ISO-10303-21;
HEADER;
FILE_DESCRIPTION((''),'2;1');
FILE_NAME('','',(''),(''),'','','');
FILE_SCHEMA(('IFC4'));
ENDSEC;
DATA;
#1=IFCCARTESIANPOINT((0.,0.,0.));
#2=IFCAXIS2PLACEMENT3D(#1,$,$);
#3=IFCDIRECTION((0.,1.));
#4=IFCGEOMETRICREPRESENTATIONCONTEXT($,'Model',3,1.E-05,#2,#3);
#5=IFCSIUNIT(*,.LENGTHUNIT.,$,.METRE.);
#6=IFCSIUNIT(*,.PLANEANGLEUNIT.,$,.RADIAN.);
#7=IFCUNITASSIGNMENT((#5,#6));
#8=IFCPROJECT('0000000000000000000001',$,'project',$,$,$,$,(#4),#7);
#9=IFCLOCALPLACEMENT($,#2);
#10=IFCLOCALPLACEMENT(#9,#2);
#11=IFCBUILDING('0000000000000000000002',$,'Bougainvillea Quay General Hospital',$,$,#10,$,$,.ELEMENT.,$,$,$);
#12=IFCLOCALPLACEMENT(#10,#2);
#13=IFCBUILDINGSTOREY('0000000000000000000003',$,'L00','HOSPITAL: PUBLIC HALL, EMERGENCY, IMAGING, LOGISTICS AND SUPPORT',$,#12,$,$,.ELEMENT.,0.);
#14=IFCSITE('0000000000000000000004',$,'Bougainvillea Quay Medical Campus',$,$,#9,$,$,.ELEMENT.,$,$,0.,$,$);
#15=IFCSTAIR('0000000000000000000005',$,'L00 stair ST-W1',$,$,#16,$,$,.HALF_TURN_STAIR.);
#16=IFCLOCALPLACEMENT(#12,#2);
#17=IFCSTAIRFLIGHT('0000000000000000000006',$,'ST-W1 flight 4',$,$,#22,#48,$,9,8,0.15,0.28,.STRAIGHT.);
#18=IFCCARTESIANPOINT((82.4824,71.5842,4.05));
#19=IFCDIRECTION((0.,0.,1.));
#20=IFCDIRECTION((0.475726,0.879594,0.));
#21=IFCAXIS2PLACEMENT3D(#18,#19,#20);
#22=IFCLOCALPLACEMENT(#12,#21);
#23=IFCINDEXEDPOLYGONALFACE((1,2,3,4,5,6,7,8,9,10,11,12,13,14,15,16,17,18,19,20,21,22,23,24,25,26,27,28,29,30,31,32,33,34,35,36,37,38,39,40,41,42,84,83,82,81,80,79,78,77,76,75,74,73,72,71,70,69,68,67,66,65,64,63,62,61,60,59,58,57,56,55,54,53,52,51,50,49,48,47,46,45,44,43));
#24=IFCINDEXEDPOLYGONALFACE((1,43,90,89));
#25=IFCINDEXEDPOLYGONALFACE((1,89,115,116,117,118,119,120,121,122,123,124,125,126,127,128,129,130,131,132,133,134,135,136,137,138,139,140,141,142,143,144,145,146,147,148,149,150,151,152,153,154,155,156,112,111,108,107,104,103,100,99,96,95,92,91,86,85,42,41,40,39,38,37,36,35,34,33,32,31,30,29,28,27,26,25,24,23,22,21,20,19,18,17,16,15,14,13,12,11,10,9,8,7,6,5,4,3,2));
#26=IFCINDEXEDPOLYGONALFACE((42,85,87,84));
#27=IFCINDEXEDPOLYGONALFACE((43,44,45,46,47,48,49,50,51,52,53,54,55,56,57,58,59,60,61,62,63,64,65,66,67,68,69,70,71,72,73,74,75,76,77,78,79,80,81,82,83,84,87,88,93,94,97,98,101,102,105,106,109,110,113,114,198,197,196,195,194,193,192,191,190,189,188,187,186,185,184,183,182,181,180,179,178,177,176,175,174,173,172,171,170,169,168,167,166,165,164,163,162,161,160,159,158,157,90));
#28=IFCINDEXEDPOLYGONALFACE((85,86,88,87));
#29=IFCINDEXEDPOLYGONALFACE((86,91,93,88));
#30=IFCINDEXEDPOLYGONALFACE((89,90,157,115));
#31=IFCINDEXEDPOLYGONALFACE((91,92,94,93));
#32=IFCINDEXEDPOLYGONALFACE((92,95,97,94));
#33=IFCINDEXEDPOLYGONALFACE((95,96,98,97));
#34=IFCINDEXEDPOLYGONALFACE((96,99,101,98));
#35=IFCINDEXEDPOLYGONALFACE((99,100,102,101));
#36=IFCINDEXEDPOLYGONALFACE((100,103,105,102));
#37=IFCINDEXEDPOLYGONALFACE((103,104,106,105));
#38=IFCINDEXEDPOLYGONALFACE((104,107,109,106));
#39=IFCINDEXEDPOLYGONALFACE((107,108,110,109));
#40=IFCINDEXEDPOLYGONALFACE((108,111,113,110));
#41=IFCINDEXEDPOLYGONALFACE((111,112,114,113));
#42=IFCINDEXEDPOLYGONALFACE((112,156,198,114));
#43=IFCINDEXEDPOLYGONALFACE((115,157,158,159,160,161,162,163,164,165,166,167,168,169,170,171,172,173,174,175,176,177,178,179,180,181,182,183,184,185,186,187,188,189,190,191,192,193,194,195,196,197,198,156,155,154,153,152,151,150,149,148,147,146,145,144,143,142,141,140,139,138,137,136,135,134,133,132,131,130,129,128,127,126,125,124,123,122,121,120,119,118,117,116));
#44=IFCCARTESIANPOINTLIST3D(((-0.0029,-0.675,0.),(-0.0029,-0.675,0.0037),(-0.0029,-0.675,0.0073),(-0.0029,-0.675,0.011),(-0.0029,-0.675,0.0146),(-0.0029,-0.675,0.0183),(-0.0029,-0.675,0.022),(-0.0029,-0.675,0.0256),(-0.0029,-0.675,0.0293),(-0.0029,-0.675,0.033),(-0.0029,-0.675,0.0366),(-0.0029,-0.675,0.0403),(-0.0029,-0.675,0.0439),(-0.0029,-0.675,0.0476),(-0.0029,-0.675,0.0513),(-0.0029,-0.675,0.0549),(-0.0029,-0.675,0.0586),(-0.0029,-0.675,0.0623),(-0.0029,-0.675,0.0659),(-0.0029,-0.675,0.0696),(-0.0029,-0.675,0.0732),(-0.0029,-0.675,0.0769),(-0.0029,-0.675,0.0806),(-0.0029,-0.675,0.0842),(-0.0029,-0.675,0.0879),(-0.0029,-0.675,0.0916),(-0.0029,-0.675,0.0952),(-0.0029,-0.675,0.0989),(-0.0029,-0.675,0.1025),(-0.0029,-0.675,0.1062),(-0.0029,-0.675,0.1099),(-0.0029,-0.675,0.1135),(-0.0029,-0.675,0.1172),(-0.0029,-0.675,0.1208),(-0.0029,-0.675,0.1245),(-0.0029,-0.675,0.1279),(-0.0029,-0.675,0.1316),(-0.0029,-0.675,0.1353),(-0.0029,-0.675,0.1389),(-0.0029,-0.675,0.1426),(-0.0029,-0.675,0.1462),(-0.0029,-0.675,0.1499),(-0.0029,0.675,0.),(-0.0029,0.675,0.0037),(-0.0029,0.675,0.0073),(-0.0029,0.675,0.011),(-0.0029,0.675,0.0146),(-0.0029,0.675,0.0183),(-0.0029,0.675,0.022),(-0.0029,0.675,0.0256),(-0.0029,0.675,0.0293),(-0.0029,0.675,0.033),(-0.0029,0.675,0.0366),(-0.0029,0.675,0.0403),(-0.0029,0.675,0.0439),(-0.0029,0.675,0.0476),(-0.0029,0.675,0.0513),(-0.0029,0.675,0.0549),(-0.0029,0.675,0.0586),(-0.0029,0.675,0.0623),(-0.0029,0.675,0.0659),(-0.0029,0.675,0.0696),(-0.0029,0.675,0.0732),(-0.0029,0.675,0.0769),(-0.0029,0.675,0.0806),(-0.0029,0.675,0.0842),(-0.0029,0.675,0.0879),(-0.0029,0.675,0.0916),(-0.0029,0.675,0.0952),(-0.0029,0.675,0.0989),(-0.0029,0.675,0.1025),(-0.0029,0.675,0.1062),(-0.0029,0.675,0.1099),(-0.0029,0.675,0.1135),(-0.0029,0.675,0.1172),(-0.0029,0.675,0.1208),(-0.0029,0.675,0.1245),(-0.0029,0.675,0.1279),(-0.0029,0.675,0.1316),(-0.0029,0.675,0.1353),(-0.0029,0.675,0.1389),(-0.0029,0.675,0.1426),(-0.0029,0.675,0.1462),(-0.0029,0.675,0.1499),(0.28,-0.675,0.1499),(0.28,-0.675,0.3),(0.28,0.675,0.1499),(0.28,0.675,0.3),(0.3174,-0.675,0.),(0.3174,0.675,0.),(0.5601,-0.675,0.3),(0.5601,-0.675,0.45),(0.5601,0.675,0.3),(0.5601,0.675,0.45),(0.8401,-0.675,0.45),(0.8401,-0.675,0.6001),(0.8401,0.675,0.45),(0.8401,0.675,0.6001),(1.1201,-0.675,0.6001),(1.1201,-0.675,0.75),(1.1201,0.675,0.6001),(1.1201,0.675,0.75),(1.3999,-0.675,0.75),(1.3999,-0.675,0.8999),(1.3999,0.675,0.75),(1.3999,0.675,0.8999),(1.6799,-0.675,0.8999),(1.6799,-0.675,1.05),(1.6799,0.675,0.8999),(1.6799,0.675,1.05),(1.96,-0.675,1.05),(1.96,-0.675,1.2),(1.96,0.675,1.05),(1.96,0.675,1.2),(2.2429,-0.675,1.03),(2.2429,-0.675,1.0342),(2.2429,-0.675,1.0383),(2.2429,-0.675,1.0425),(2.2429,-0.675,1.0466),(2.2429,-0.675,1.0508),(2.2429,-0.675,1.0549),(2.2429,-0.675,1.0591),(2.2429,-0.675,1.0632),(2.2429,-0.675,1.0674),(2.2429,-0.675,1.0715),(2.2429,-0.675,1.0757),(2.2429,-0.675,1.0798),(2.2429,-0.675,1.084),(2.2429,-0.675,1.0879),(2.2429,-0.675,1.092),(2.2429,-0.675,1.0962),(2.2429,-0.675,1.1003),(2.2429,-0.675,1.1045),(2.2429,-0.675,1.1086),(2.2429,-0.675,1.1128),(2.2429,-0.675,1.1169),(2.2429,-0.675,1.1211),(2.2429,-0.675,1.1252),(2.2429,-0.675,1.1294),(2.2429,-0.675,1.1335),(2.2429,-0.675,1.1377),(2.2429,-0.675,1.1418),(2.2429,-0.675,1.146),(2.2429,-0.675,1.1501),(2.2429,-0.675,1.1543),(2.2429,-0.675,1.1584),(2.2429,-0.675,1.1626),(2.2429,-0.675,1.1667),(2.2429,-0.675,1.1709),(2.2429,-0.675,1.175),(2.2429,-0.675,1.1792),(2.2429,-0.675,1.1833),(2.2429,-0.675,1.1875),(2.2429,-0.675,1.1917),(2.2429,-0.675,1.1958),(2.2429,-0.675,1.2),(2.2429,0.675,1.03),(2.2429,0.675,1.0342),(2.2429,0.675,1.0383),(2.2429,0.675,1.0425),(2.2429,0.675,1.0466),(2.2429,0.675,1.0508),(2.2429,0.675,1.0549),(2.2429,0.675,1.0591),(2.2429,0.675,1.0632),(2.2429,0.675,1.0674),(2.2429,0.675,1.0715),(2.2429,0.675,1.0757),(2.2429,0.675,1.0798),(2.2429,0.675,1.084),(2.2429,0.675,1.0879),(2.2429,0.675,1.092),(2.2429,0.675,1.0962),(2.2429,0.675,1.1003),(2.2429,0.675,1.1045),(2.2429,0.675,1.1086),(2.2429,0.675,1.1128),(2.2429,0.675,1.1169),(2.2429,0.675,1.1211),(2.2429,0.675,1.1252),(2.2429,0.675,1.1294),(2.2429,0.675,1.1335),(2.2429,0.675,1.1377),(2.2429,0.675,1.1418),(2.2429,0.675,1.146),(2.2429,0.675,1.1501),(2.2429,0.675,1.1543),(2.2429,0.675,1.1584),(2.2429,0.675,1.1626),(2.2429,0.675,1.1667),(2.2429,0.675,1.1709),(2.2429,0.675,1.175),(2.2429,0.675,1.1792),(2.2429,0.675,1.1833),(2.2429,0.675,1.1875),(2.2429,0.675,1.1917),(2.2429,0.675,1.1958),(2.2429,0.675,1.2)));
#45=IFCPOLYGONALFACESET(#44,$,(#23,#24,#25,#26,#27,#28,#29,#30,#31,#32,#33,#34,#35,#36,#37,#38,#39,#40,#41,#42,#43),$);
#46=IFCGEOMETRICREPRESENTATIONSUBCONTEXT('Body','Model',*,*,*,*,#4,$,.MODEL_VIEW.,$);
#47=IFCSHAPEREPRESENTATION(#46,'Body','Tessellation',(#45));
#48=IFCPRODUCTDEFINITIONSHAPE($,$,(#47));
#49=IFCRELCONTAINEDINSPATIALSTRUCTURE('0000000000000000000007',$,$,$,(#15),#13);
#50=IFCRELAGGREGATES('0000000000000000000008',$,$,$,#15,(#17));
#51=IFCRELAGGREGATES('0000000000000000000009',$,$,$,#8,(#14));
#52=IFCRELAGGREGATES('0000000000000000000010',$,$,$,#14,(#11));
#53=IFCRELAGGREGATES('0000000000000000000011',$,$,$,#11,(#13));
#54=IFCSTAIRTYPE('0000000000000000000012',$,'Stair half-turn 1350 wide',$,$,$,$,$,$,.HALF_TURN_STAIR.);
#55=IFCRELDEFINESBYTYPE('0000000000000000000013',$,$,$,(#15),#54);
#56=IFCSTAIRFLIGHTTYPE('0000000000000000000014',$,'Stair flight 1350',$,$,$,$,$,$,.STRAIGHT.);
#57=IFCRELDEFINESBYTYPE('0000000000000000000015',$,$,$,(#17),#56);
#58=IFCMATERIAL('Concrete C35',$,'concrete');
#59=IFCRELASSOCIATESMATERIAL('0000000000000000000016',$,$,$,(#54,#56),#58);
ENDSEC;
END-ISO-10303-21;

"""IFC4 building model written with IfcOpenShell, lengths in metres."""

from ifc_helpers import new_model, si_unit, direction, frame, origin, place, context, subcontext, project, spatial, polyline, outline, extrude, material, type_object, element, aggregate, save


model = new_model("IFC4")

# Units and contexts
model_context = context("Model", 3, precision=1e-05, world=origin(), true_north=direction((0.0, 1.0)))
body_context = subcontext(model_context, "Body", "Model", "MODEL_VIEW")
ifc_project = project(units=[si_unit("LENGTHUNIT", "METRE"), si_unit("PLANEANGLEUNIT", "RADIAN")], contexts=[model_context])

# Site, building, storey
site_placement = place(None, origin())
site = spatial("IfcSite", under=ifc_project, at=site_placement, Name="Bougainvillea Quay Medical Campus", CompositionType="ELEMENT", RefElevation=0.0)
building_placement = place(site_placement, origin())
building = spatial("IfcBuilding", under=site, at=building_placement, Name="Bougainvillea Quay General Hospital", CompositionType="ELEMENT")
storey_placement = place(building_placement, origin())
storey = spatial("IfcBuildingStorey", under=building, at=storey_placement, Name="L00", Description="HOSPITAL: PUBLIC HALL, EMERGENCY, IMAGING, LOGISTICS AND SUPPORT", CompositionType="ELEMENT", Elevation=0.0)

# Stair, stair flight
ifc_material_1 = material(Name="Concrete C35", Category="concrete")
stair_type = type_object("IfcStairType", Name="Stair half-turn 1350 wide", PredefinedType="HALF_TURN_STAIR", material=ifc_material_1)
stair_placement = place(storey_placement, origin())
stair = element("IfcStair", 1, at=stair_placement, inside=storey, type_object=stair_type, Name="L00 stair ST-W1", PredefinedType="HALF_TURN_STAIR")
stair_flight_type = type_object("IfcStairFlightType", Name="Stair flight 1350", PredefinedType="STRAIGHT", material=ifc_material_1)
stair_flight_1_placement = place(storey_placement, frame((82.4824, 71.5842, 4.05), z_axis=(0.0, 0.0, 1.0), x_axis=(0.475726, 0.879594, 0.0)))
stair_flight_1 = element("IfcStairFlight", 2, at=stair_flight_1_placement, type_object=stair_flight_type, Name="ST-W1 flight 4", NumberOfRisers=9, NumberOfTreads=8, PredefinedType="STRAIGHT", RiserHeight=0.15, TreadLength=0.28, context=body_context, shape_type="SweptSolid", body=[
    extrude(outline(polyline([(-0.0029, 0.0), (-0.0029, 0.0037), (-0.0029, 0.0073), (-0.0029, 0.011), (-0.0029, 0.0146), (-0.0029, 0.0183), (-0.0029, 0.022), (-0.0029, 0.0256), (-0.0029, 0.0293), (-0.0029, 0.033), (-0.0029, 0.0366), (-0.0029, 0.0403), (-0.0029, 0.0439), (-0.0029, 0.0476), (-0.0029, 0.0513), (-0.0029, 0.0549), (-0.0029, 0.0586), (-0.0029, 0.0623), (-0.0029, 0.0659), (-0.0029, 0.0696), (-0.0029, 0.0732), (-0.0029, 0.0769), (-0.0029, 0.0806), (-0.0029, 0.0842), (-0.0029, 0.0879), (-0.0029, 0.0916), (-0.0029, 0.0952), (-0.0029, 0.0989), (-0.0029, 0.1025), (-0.0029, 0.1062), (-0.0029, 0.1099), (-0.0029, 0.1135), (-0.0029, 0.1172), (-0.0029, 0.1208), (-0.0029, 0.1245), (-0.0029, 0.1279), (-0.0029, 0.1316), (-0.0029, 0.1353), (-0.0029, 0.1389), (-0.0029, 0.1426), (-0.0029, 0.1462), (-0.0029, 0.1499), (0.28, 0.1499), (0.28, 0.3), (0.5601, 0.3), (0.5601, 0.45), (0.8401, 0.45), (0.8401, 0.6001), (1.1201, 0.6001), (1.1201, 0.75), (1.3999, 0.75), (1.3999, 0.8999), (1.6799, 0.8999), (1.6799, 1.05), (1.96, 1.05), (1.96, 1.2), (2.2429, 1.2), (2.2429, 1.1958), (2.2429, 1.1917), (2.2429, 1.1875), (2.2429, 1.1833), (2.2429, 1.1792), (2.2429, 1.175), (2.2429, 1.1709), (2.2429, 1.1667), (2.2429, 1.1626), (2.2429, 1.1584), (2.2429, 1.1543), (2.2429, 1.1501), (2.2429, 1.146), (2.2429, 1.1418), (2.2429, 1.1377), (2.2429, 1.1335), (2.2429, 1.1294), (2.2429, 1.1252), (2.2429, 1.1211), (2.2429, 1.1169), (2.2429, 1.1128), (2.2429, 1.1086), (2.2429, 1.1045), (2.2429, 1.1003), (2.2429, 1.0962), (2.2429, 1.092), (2.2429, 1.0879), (2.2429, 1.084), (2.2429, 1.0798), (2.2429, 1.0757), (2.2429, 1.0715), (2.2429, 1.0674), (2.2429, 1.0632), (2.2429, 1.0591), (2.2429, 1.0549), (2.2429, 1.0508), (2.2429, 1.0466), (2.2429, 1.0425), (2.2429, 1.0383), (2.2429, 1.0342), (2.2429, 1.03), (0.3174, 0.0), (-0.0029, 0.0)])), frame((0.0, 0.675, 0.0), z_axis=(0.0, -1.0, 0.0), x_axis=(1.0, 0.0, 0.0)), (0.0, 0.0, 1.0), 1.3501),
])
aggregate(stair, [stair_flight_1])

save(model, "model.ifc")
